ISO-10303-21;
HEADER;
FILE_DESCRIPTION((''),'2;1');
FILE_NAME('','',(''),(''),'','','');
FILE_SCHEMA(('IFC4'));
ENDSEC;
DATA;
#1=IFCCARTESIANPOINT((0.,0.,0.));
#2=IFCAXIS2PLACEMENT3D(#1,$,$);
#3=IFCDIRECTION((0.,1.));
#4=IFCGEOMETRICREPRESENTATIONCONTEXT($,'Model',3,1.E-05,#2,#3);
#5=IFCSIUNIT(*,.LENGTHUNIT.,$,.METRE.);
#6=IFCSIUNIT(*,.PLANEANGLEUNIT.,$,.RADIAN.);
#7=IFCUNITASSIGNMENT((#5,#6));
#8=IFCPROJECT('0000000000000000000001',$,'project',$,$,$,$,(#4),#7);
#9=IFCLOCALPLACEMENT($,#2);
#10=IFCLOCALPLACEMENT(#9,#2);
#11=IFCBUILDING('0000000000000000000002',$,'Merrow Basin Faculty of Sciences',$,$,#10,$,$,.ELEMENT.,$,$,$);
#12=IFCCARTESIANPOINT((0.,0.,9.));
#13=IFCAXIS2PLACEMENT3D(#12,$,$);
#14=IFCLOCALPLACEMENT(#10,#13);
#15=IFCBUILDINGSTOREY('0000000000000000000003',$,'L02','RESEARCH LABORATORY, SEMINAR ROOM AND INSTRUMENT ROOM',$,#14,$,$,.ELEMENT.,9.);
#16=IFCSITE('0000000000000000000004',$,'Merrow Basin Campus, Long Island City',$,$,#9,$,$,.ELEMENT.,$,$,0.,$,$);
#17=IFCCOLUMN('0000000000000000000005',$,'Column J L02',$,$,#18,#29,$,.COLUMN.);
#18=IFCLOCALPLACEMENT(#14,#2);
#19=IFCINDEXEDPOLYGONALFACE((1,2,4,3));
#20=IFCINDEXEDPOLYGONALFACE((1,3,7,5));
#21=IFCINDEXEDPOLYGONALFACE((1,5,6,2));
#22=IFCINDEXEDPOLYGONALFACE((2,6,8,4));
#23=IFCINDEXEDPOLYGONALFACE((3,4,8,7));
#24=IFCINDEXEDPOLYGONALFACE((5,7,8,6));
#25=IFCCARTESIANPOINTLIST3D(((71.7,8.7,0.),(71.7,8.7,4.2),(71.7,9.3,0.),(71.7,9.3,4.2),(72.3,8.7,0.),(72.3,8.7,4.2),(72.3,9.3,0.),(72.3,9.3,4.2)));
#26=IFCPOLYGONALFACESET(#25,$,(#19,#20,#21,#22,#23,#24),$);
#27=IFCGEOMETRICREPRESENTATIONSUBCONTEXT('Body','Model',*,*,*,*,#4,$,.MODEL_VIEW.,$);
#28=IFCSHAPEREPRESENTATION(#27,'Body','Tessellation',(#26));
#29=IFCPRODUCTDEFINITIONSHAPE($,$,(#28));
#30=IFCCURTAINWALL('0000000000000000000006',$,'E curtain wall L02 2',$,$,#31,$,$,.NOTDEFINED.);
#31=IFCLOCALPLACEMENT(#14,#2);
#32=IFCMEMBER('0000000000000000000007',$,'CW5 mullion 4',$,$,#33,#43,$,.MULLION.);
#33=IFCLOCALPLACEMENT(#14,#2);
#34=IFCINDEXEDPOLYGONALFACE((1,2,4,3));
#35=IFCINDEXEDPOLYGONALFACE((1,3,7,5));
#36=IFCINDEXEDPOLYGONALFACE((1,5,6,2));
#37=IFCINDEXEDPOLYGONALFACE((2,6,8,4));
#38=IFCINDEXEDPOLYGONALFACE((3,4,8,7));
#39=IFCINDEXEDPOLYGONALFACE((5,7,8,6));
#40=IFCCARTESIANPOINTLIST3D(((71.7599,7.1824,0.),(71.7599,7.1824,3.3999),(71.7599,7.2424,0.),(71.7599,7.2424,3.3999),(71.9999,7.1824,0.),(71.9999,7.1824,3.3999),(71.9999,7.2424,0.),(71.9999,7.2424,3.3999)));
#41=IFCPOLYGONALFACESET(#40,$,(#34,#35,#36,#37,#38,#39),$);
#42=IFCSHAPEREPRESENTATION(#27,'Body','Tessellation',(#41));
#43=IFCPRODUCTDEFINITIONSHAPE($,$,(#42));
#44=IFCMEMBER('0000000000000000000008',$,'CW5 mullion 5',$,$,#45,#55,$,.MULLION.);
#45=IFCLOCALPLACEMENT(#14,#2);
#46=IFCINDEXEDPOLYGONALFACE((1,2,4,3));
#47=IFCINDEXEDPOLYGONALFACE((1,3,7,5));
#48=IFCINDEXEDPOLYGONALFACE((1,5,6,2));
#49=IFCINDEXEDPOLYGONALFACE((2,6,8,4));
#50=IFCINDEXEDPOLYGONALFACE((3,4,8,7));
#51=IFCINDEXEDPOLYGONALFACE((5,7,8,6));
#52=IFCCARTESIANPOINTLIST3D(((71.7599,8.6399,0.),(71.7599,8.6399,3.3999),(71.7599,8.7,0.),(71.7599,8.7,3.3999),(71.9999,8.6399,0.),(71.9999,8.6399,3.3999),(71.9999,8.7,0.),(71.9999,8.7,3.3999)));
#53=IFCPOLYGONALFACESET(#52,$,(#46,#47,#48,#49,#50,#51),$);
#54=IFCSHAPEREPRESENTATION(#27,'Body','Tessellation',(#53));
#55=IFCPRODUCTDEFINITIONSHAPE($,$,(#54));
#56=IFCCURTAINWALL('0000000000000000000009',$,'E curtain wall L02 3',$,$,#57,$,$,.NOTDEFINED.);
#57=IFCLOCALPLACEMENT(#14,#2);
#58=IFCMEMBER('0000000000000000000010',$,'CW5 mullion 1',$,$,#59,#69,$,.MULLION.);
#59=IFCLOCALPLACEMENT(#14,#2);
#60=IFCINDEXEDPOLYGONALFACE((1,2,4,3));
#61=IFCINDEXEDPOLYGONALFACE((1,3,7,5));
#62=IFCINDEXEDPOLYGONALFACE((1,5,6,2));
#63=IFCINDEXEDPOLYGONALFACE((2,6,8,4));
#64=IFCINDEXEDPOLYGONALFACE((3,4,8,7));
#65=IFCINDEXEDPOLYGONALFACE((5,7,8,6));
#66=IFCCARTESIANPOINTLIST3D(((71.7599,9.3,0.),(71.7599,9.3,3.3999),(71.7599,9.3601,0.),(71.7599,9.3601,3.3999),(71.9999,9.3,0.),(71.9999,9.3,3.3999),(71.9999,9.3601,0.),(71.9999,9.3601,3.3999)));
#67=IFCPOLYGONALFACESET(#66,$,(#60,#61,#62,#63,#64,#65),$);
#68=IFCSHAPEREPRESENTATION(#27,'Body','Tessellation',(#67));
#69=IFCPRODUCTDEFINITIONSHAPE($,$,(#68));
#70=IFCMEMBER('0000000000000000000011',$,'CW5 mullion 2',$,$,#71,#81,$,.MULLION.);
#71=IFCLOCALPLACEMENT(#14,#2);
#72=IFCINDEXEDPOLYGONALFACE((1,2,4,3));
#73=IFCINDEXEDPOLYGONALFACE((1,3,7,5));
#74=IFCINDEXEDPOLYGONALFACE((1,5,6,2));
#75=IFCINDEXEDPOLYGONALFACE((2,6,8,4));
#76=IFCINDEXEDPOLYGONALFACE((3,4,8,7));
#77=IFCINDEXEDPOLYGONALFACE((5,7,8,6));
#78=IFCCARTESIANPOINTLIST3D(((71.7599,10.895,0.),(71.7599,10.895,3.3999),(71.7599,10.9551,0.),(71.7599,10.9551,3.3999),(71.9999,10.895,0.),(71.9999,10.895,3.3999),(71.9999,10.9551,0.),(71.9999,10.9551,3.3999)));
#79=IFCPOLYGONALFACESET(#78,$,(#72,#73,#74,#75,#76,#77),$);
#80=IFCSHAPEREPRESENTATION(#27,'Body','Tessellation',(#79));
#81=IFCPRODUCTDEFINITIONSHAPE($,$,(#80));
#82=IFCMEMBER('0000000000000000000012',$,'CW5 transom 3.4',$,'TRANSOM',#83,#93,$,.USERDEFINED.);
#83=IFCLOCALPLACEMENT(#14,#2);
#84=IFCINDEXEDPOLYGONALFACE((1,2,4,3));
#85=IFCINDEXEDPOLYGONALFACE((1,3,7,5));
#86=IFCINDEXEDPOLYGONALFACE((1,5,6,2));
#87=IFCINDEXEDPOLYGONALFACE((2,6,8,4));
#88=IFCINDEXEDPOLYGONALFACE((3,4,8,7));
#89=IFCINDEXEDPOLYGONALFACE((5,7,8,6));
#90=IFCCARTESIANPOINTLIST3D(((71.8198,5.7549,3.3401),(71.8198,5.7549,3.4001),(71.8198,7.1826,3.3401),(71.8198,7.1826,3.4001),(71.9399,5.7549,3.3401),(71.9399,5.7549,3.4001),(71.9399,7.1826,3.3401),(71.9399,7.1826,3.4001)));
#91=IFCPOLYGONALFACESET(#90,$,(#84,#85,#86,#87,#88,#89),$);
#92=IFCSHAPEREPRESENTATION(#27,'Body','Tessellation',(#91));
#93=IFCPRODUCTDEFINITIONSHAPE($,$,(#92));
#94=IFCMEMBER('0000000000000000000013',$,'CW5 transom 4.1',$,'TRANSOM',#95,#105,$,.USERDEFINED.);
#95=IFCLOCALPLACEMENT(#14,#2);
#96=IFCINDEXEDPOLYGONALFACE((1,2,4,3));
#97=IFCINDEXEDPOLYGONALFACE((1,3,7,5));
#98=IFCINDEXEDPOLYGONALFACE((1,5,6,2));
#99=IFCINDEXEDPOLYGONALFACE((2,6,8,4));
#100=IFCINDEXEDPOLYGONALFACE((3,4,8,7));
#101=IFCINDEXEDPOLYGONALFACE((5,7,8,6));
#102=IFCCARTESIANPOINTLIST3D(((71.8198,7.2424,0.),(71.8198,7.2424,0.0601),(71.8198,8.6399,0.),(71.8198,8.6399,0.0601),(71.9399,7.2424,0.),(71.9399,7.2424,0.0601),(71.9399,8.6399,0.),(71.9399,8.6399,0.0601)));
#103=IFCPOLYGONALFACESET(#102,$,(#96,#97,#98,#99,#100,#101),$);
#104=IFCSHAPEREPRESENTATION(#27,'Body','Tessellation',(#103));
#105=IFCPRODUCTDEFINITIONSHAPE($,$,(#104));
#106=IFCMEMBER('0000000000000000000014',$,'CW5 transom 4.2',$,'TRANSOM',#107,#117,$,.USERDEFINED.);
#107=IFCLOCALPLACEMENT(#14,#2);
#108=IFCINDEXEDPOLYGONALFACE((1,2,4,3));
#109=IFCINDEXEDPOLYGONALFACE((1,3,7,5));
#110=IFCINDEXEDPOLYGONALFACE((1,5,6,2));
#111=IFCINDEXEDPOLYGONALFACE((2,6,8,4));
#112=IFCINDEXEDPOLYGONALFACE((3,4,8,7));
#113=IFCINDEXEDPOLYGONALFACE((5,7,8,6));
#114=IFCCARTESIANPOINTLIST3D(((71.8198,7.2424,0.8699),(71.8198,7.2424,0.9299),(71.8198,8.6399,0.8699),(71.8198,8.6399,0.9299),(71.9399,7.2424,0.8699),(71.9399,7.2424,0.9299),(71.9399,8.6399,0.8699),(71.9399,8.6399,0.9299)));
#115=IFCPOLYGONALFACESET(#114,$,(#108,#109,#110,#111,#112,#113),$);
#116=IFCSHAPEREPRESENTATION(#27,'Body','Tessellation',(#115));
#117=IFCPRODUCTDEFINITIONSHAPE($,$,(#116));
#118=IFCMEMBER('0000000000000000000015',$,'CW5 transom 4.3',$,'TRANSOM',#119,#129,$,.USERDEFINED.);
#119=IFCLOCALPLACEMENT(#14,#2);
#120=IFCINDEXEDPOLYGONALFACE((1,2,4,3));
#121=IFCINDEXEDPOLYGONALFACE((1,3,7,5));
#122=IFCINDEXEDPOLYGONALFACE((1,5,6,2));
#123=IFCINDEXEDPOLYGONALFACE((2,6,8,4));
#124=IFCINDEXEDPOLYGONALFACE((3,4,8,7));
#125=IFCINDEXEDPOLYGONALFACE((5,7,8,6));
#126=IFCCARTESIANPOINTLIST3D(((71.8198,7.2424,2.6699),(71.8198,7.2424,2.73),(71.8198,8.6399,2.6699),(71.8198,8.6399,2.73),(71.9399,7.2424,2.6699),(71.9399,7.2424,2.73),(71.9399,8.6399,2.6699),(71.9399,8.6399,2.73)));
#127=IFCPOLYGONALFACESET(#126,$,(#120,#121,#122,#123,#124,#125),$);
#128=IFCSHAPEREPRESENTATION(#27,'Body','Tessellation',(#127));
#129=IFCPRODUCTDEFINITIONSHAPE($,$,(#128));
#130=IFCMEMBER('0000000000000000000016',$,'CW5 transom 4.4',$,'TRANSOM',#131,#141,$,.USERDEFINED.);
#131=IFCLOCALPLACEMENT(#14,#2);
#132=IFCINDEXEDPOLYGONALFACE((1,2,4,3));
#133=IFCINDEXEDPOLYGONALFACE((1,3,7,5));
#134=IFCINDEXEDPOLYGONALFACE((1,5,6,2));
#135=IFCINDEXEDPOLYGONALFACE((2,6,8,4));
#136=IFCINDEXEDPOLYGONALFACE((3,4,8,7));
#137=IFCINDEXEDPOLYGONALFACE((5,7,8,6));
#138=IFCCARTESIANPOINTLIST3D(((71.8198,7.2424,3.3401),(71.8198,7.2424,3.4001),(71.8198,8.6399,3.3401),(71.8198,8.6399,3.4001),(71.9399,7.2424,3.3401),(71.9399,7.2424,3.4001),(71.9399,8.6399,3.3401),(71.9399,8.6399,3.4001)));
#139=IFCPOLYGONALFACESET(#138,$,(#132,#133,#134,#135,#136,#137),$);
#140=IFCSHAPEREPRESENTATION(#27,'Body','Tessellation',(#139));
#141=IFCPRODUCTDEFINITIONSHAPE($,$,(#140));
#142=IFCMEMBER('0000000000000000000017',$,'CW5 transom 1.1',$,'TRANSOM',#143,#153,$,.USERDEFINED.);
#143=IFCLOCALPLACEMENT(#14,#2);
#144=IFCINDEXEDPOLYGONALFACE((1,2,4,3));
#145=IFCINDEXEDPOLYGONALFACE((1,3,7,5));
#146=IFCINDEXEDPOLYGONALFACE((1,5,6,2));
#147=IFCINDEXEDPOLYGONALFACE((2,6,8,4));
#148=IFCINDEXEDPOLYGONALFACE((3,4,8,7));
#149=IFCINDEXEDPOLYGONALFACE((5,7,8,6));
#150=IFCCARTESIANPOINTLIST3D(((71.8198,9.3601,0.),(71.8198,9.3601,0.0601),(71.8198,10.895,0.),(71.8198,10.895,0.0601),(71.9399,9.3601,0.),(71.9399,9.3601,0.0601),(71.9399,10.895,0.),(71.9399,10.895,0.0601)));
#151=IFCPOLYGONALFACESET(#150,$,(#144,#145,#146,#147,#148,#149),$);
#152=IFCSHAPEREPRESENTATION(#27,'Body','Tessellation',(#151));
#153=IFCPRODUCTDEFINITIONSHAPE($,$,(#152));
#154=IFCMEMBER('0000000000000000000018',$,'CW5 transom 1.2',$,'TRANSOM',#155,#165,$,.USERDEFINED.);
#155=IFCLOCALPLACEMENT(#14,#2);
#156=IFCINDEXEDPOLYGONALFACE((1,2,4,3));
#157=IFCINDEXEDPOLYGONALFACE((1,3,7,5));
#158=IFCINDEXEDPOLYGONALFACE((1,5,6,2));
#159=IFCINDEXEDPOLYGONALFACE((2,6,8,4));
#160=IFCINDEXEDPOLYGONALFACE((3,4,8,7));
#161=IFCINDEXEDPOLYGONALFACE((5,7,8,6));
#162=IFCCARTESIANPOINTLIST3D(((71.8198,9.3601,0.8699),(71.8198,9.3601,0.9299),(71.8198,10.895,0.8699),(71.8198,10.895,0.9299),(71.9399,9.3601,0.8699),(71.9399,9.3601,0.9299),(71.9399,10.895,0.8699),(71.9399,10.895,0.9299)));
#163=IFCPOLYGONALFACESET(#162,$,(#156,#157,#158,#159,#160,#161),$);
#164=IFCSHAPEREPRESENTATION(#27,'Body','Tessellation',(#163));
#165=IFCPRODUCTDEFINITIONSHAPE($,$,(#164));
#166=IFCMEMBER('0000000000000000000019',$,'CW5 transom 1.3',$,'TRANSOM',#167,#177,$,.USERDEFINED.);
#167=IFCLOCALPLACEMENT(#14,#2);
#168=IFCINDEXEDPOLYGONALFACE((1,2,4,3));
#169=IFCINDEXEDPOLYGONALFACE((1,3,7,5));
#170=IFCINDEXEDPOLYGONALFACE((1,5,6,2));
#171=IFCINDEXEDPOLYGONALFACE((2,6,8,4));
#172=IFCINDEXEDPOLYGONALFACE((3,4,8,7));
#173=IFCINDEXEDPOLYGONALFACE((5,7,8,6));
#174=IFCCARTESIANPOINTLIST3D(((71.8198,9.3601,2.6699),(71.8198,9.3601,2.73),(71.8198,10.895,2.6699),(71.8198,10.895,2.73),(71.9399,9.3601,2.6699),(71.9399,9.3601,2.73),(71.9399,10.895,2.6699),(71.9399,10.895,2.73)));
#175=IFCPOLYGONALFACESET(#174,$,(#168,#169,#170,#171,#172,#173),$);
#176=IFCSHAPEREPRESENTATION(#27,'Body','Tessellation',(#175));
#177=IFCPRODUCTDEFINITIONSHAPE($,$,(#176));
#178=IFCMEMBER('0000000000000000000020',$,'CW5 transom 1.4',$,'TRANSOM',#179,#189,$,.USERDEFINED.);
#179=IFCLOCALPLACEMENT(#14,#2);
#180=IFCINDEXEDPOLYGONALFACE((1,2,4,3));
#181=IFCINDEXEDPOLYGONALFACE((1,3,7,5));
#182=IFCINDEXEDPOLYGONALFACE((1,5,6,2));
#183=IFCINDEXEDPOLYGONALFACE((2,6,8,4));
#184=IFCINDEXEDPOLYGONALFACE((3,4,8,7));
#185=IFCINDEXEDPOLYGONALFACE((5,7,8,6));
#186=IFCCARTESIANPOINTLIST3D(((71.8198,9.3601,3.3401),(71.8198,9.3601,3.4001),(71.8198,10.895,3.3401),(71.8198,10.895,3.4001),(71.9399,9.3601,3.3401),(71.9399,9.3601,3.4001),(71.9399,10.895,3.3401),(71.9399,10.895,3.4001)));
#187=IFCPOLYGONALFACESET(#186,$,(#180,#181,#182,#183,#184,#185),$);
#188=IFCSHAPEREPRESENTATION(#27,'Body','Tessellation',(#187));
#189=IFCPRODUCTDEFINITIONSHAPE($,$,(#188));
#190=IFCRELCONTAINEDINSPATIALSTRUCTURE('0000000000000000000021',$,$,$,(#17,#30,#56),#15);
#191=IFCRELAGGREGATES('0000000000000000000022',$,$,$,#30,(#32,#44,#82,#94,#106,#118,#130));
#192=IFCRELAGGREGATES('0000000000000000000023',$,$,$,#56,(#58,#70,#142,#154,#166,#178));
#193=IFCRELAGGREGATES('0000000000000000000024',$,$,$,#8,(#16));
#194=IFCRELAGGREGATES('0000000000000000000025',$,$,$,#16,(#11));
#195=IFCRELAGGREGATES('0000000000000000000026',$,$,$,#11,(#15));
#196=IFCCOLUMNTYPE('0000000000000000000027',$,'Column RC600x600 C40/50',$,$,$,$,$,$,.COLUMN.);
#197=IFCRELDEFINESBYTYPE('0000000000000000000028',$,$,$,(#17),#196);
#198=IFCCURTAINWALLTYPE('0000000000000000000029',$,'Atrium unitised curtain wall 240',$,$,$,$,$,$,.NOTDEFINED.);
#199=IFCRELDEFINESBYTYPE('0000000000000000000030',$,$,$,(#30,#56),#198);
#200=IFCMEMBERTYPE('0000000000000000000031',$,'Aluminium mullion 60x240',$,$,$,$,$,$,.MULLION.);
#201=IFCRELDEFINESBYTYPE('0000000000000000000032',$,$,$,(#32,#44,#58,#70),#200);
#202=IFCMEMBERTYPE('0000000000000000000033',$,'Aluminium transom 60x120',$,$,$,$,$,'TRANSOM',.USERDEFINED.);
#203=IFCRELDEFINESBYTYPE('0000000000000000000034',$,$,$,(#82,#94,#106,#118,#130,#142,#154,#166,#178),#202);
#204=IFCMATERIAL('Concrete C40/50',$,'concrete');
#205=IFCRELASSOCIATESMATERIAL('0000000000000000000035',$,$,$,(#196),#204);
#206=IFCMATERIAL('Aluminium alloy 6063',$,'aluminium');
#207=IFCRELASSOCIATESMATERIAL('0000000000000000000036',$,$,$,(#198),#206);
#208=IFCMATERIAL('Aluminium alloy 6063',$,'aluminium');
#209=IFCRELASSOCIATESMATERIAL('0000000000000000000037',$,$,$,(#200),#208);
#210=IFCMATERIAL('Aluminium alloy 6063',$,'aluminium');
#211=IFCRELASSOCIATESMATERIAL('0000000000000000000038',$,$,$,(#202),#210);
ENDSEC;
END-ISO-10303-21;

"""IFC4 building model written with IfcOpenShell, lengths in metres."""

from ifc_helpers import new_model, si_unit, direction, frame, origin, origin_2d, place, context, subcontext, project, spatial, rectangle, extrude, material, material_profile, profile_set, type_object, element, aggregate, save


model = new_model("IFC4")

# Units and contexts
model_context = context("Model", 3, precision=1e-05, world=origin(), true_north=direction((0.0, 1.0)))
body_context = subcontext(model_context, "Body", "Model", "MODEL_VIEW")
ifc_project = project(units=[si_unit("LENGTHUNIT", "METRE"), si_unit("PLANEANGLEUNIT", "RADIAN")], contexts=[model_context])

# Site, building, storey
site_placement = place(None, origin())
site = spatial("IfcSite", under=ifc_project, at=site_placement, Name="Merrow Basin Campus, Long Island City", CompositionType="ELEMENT", RefElevation=0.0)
building_placement = place(site_placement, origin())
building = spatial("IfcBuilding", under=site, at=building_placement, Name="Merrow Basin Faculty of Sciences", CompositionType="ELEMENT")
storey_placement = place(building_placement, frame((0.0, 0.0, 9.0)))
storey = spatial("IfcBuildingStorey", under=building, at=storey_placement, Name="L02", Description="RESEARCH LABORATORY, SEMINAR ROOM AND INSTRUMENT ROOM", CompositionType="ELEMENT", Elevation=9.0)

# Column
ifc_material_1 = material(Name="Concrete C40/50", Category="concrete")
ifc_material_profile_1 = material_profile(ifc_material_1, rectangle(XDim=0.6001, YDim=0.6001, at=origin_2d()))
ifc_profile_set_1 = profile_set([ifc_material_profile_1], Name="Concrete C40/50")
column_type = type_object("IfcColumnType", Name="Column RC600x600 C40/50", PredefinedType="COLUMN", material=ifc_profile_set_1)
column_placement = place(storey_placement, frame((72.0, 9.0, 0.0), z_axis=(0.0, 0.0, 1.0), x_axis=(1.0, 0.0, 0.0)))
element("IfcColumn", 1, at=column_placement, inside=storey, type_object=column_type, Name="Column J L02", PredefinedType="COLUMN", context=body_context, shape_type="SweptSolid", body=[
    extrude(rectangle(XDim=0.6001, YDim=0.6001, at=origin_2d()), origin(), (0.0, 0.0, 1.0), 4.2),
])

# Curtain walls, members
ifc_material_2 = material(Name="Aluminium alloy 6063", Category="aluminium")
curtain_wall_type = type_object("IfcCurtainWallType", Name="Atrium unitised curtain wall 240", PredefinedType="NOTDEFINED", material=ifc_material_2)
curtain_wall_1_placement = place(storey_placement, origin())
curtain_wall_1 = element("IfcCurtainWall", 2, at=curtain_wall_1_placement, inside=storey, type_object=curtain_wall_type, Name="E curtain wall L02 2", PredefinedType="NOTDEFINED")
ifc_material_3 = material(Name="Aluminium alloy 6063", Category="aluminium")
ifc_material_profile_2 = material_profile(ifc_material_3, rectangle(XDim=0.24, YDim=0.0601, at=origin_2d()))
ifc_profile_set_2 = profile_set([ifc_material_profile_2], Name="Aluminium alloy 6063")
member_type_1 = type_object("IfcMemberType", Name="Aluminium mullion 60x240", PredefinedType="MULLION", material=ifc_profile_set_2)
member_1_placement = place(storey_placement, frame((71.8799, 7.2124, 0.0), z_axis=(0.0, 0.0, 1.0), x_axis=(-1.0, 0.0, 0.0)))
member_1 = element("IfcMember", 3, at=member_1_placement, type_object=member_type_1, Name="CW5 mullion 4", PredefinedType="MULLION", context=body_context, shape_type="SweptSolid", body=[
    extrude(rectangle(XDim=0.24, YDim=0.0601, at=origin_2d()), origin(), (0.0, 0.0, 1.0), 3.3999),
])
member_2_placement = place(storey_placement, frame((71.8799, 8.6699, 0.0), z_axis=(0.0, 0.0, 1.0), x_axis=(-1.0, 0.0, 0.0)))
member_2 = element("IfcMember", 4, at=member_2_placement, type_object=member_type_1, Name="CW5 mullion 5", PredefinedType="MULLION", context=body_context, shape_type="SweptSolid", body=[
    extrude(rectangle(XDim=0.24, YDim=0.0601, at=origin_2d()), origin(), (0.0, 0.0, 1.0), 3.3999),
])
curtain_wall_2_placement = place(storey_placement, origin())
curtain_wall_2 = element("IfcCurtainWall", 5, at=curtain_wall_2_placement, inside=storey, type_object=curtain_wall_type, Name="E curtain wall L02 3", PredefinedType="NOTDEFINED")
member_3_placement = place(storey_placement, frame((71.8799, 9.3301, 0.0), z_axis=(0.0, 0.0, 1.0), x_axis=(-1.0, 0.0, 0.0)))
member_3 = element("IfcMember", 6, at=member_3_placement, type_object=member_type_1, Name="CW5 mullion 1", PredefinedType="MULLION", context=body_context, shape_type="SweptSolid", body=[
    extrude(rectangle(XDim=0.24, YDim=0.0601, at=origin_2d()), origin(), (0.0, 0.0, 1.0), 3.3999),
])
member_4_placement = place(storey_placement, frame((71.8799, 10.925, 0.0), z_axis=(0.0, 0.0, 1.0), x_axis=(-1.0, 0.0, 0.0)))
member_4 = element("IfcMember", 7, at=member_4_placement, type_object=member_type_1, Name="CW5 mullion 2", PredefinedType="MULLION", context=body_context, shape_type="SweptSolid", body=[
    extrude(rectangle(XDim=0.24, YDim=0.0601, at=origin_2d()), origin(), (0.0, 0.0, 1.0), 3.3999),
])

# Members
ifc_material_4 = material(Name="Aluminium alloy 6063", Category="aluminium")
ifc_material_profile_3 = material_profile(ifc_material_4, rectangle(XDim=0.1201, YDim=0.0601, at=origin_2d()))
ifc_profile_set_3 = profile_set([ifc_material_profile_3], Name="Aluminium alloy 6063")
member_type_2 = type_object("IfcMemberType", Name="Aluminium transom 60x120", ElementType="TRANSOM", PredefinedType="USERDEFINED", material=ifc_profile_set_3)
member_5_placement = place(storey_placement, frame((71.8799, 5.7549, 3.3701), z_axis=(0.0, 1.0, 0.0), x_axis=(-1.0, 0.0, 0.0)))
member_5 = element("IfcMember", 8, at=member_5_placement, type_object=member_type_2, Name="CW5 transom 3.4", ObjectType="TRANSOM", PredefinedType="USERDEFINED", context=body_context, shape_type="SweptSolid", body=[
    extrude(rectangle(XDim=0.1201, YDim=0.0601, at=origin_2d()), origin(), (0.0, 0.0, 1.0), 1.4277),
])
member_6_placement = place(storey_placement, frame((71.8799, 7.2424, 0.03), z_axis=(0.0, 1.0, 0.0), x_axis=(-1.0, 0.0, 0.0)))
member_6 = element("IfcMember", 9, at=member_6_placement, type_object=member_type_2, Name="CW5 transom 4.1", ObjectType="TRANSOM", PredefinedType="USERDEFINED", context=body_context, shape_type="SweptSolid", body=[
    extrude(rectangle(XDim=0.1201, YDim=0.0601, at=origin_2d()), origin(), (0.0, 0.0, 1.0), 1.3975),
])
member_7_placement = place(storey_placement, frame((71.8799, 7.2424, 0.8999), z_axis=(0.0, 1.0, 0.0), x_axis=(-1.0, 0.0, 0.0)))
member_7 = element("IfcMember", 10, at=member_7_placement, type_object=member_type_2, Name="CW5 transom 4.2", ObjectType="TRANSOM", PredefinedType="USERDEFINED", context=body_context, shape_type="SweptSolid", body=[
    extrude(rectangle(XDim=0.1201, YDim=0.0601, at=origin_2d()), origin(), (0.0, 0.0, 1.0), 1.3975),
])
member_8_placement = place(storey_placement, frame((71.8799, 7.2424, 2.7), z_axis=(0.0, 1.0, 0.0), x_axis=(-1.0, 0.0, 0.0)))
member_8 = element("IfcMember", 11, at=member_8_placement, type_object=member_type_2, Name="CW5 transom 4.3", ObjectType="TRANSOM", PredefinedType="USERDEFINED", context=body_context, shape_type="SweptSolid", body=[
    extrude(rectangle(XDim=0.1201, YDim=0.0601, at=origin_2d()), origin(), (0.0, 0.0, 1.0), 1.3975),
])
member_9_placement = place(storey_placement, frame((71.8799, 7.2424, 3.3701), z_axis=(0.0, 1.0, 0.0), x_axis=(-1.0, 0.0, 0.0)))
member_9 = element("IfcMember", 12, at=member_9_placement, type_object=member_type_2, Name="CW5 transom 4.4", ObjectType="TRANSOM", PredefinedType="USERDEFINED", context=body_context, shape_type="SweptSolid", body=[
    extrude(rectangle(XDim=0.1201, YDim=0.0601, at=origin_2d()), origin(), (0.0, 0.0, 1.0), 1.3975),
])
member_10_placement = place(storey_placement, frame((71.8799, 9.3601, 0.03), z_axis=(0.0, 1.0, 0.0), x_axis=(-1.0, 0.0, 0.0)))
member_10 = element("IfcMember", 13, at=member_10_placement, type_object=member_type_2, Name="CW5 transom 1.1", ObjectType="TRANSOM", PredefinedType="USERDEFINED", context=body_context, shape_type="SweptSolid", body=[
    extrude(rectangle(XDim=0.1201, YDim=0.0601, at=origin_2d()), origin(), (0.0, 0.0, 1.0), 1.5349),
])
member_11_placement = place(storey_placement, frame((71.8799, 9.3601, 0.8999), z_axis=(0.0, 1.0, 0.0), x_axis=(-1.0, 0.0, 0.0)))
member_11 = element("IfcMember", 14, at=member_11_placement, type_object=member_type_2, Name="CW5 transom 1.2", ObjectType="TRANSOM", PredefinedType="USERDEFINED", context=body_context, shape_type="SweptSolid", body=[
    extrude(rectangle(XDim=0.1201, YDim=0.0601, at=origin_2d()), origin(), (0.0, 0.0, 1.0), 1.5349),
])
member_12_placement = place(storey_placement, frame((71.8799, 9.3601, 2.7), z_axis=(0.0, 1.0, 0.0), x_axis=(-1.0, 0.0, 0.0)))
member_12 = element("IfcMember", 15, at=member_12_placement, type_object=member_type_2, Name="CW5 transom 1.3", ObjectType="TRANSOM", PredefinedType="USERDEFINED", context=body_context, shape_type="SweptSolid", body=[
    extrude(rectangle(XDim=0.1201, YDim=0.0601, at=origin_2d()), origin(), (0.0, 0.0, 1.0), 1.5349),
])
member_13_placement = place(storey_placement, frame((71.8799, 9.3601, 3.3701), z_axis=(0.0, 1.0, 0.0), x_axis=(-1.0, 0.0, 0.0)))
member_13 = element("IfcMember", 16, at=member_13_placement, type_object=member_type_2, Name="CW5 transom 1.4", ObjectType="TRANSOM", PredefinedType="USERDEFINED", context=body_context, shape_type="SweptSolid", body=[
    extrude(rectangle(XDim=0.1201, YDim=0.0601, at=origin_2d()), origin(), (0.0, 0.0, 1.0), 1.5349),
])

aggregate(curtain_wall_1, [member_1, member_2, member_5, member_6, member_7, member_8, member_9])
aggregate(curtain_wall_2, [member_3, member_4, member_10, member_11, member_12, member_13])

save(model, "model.ifc")
